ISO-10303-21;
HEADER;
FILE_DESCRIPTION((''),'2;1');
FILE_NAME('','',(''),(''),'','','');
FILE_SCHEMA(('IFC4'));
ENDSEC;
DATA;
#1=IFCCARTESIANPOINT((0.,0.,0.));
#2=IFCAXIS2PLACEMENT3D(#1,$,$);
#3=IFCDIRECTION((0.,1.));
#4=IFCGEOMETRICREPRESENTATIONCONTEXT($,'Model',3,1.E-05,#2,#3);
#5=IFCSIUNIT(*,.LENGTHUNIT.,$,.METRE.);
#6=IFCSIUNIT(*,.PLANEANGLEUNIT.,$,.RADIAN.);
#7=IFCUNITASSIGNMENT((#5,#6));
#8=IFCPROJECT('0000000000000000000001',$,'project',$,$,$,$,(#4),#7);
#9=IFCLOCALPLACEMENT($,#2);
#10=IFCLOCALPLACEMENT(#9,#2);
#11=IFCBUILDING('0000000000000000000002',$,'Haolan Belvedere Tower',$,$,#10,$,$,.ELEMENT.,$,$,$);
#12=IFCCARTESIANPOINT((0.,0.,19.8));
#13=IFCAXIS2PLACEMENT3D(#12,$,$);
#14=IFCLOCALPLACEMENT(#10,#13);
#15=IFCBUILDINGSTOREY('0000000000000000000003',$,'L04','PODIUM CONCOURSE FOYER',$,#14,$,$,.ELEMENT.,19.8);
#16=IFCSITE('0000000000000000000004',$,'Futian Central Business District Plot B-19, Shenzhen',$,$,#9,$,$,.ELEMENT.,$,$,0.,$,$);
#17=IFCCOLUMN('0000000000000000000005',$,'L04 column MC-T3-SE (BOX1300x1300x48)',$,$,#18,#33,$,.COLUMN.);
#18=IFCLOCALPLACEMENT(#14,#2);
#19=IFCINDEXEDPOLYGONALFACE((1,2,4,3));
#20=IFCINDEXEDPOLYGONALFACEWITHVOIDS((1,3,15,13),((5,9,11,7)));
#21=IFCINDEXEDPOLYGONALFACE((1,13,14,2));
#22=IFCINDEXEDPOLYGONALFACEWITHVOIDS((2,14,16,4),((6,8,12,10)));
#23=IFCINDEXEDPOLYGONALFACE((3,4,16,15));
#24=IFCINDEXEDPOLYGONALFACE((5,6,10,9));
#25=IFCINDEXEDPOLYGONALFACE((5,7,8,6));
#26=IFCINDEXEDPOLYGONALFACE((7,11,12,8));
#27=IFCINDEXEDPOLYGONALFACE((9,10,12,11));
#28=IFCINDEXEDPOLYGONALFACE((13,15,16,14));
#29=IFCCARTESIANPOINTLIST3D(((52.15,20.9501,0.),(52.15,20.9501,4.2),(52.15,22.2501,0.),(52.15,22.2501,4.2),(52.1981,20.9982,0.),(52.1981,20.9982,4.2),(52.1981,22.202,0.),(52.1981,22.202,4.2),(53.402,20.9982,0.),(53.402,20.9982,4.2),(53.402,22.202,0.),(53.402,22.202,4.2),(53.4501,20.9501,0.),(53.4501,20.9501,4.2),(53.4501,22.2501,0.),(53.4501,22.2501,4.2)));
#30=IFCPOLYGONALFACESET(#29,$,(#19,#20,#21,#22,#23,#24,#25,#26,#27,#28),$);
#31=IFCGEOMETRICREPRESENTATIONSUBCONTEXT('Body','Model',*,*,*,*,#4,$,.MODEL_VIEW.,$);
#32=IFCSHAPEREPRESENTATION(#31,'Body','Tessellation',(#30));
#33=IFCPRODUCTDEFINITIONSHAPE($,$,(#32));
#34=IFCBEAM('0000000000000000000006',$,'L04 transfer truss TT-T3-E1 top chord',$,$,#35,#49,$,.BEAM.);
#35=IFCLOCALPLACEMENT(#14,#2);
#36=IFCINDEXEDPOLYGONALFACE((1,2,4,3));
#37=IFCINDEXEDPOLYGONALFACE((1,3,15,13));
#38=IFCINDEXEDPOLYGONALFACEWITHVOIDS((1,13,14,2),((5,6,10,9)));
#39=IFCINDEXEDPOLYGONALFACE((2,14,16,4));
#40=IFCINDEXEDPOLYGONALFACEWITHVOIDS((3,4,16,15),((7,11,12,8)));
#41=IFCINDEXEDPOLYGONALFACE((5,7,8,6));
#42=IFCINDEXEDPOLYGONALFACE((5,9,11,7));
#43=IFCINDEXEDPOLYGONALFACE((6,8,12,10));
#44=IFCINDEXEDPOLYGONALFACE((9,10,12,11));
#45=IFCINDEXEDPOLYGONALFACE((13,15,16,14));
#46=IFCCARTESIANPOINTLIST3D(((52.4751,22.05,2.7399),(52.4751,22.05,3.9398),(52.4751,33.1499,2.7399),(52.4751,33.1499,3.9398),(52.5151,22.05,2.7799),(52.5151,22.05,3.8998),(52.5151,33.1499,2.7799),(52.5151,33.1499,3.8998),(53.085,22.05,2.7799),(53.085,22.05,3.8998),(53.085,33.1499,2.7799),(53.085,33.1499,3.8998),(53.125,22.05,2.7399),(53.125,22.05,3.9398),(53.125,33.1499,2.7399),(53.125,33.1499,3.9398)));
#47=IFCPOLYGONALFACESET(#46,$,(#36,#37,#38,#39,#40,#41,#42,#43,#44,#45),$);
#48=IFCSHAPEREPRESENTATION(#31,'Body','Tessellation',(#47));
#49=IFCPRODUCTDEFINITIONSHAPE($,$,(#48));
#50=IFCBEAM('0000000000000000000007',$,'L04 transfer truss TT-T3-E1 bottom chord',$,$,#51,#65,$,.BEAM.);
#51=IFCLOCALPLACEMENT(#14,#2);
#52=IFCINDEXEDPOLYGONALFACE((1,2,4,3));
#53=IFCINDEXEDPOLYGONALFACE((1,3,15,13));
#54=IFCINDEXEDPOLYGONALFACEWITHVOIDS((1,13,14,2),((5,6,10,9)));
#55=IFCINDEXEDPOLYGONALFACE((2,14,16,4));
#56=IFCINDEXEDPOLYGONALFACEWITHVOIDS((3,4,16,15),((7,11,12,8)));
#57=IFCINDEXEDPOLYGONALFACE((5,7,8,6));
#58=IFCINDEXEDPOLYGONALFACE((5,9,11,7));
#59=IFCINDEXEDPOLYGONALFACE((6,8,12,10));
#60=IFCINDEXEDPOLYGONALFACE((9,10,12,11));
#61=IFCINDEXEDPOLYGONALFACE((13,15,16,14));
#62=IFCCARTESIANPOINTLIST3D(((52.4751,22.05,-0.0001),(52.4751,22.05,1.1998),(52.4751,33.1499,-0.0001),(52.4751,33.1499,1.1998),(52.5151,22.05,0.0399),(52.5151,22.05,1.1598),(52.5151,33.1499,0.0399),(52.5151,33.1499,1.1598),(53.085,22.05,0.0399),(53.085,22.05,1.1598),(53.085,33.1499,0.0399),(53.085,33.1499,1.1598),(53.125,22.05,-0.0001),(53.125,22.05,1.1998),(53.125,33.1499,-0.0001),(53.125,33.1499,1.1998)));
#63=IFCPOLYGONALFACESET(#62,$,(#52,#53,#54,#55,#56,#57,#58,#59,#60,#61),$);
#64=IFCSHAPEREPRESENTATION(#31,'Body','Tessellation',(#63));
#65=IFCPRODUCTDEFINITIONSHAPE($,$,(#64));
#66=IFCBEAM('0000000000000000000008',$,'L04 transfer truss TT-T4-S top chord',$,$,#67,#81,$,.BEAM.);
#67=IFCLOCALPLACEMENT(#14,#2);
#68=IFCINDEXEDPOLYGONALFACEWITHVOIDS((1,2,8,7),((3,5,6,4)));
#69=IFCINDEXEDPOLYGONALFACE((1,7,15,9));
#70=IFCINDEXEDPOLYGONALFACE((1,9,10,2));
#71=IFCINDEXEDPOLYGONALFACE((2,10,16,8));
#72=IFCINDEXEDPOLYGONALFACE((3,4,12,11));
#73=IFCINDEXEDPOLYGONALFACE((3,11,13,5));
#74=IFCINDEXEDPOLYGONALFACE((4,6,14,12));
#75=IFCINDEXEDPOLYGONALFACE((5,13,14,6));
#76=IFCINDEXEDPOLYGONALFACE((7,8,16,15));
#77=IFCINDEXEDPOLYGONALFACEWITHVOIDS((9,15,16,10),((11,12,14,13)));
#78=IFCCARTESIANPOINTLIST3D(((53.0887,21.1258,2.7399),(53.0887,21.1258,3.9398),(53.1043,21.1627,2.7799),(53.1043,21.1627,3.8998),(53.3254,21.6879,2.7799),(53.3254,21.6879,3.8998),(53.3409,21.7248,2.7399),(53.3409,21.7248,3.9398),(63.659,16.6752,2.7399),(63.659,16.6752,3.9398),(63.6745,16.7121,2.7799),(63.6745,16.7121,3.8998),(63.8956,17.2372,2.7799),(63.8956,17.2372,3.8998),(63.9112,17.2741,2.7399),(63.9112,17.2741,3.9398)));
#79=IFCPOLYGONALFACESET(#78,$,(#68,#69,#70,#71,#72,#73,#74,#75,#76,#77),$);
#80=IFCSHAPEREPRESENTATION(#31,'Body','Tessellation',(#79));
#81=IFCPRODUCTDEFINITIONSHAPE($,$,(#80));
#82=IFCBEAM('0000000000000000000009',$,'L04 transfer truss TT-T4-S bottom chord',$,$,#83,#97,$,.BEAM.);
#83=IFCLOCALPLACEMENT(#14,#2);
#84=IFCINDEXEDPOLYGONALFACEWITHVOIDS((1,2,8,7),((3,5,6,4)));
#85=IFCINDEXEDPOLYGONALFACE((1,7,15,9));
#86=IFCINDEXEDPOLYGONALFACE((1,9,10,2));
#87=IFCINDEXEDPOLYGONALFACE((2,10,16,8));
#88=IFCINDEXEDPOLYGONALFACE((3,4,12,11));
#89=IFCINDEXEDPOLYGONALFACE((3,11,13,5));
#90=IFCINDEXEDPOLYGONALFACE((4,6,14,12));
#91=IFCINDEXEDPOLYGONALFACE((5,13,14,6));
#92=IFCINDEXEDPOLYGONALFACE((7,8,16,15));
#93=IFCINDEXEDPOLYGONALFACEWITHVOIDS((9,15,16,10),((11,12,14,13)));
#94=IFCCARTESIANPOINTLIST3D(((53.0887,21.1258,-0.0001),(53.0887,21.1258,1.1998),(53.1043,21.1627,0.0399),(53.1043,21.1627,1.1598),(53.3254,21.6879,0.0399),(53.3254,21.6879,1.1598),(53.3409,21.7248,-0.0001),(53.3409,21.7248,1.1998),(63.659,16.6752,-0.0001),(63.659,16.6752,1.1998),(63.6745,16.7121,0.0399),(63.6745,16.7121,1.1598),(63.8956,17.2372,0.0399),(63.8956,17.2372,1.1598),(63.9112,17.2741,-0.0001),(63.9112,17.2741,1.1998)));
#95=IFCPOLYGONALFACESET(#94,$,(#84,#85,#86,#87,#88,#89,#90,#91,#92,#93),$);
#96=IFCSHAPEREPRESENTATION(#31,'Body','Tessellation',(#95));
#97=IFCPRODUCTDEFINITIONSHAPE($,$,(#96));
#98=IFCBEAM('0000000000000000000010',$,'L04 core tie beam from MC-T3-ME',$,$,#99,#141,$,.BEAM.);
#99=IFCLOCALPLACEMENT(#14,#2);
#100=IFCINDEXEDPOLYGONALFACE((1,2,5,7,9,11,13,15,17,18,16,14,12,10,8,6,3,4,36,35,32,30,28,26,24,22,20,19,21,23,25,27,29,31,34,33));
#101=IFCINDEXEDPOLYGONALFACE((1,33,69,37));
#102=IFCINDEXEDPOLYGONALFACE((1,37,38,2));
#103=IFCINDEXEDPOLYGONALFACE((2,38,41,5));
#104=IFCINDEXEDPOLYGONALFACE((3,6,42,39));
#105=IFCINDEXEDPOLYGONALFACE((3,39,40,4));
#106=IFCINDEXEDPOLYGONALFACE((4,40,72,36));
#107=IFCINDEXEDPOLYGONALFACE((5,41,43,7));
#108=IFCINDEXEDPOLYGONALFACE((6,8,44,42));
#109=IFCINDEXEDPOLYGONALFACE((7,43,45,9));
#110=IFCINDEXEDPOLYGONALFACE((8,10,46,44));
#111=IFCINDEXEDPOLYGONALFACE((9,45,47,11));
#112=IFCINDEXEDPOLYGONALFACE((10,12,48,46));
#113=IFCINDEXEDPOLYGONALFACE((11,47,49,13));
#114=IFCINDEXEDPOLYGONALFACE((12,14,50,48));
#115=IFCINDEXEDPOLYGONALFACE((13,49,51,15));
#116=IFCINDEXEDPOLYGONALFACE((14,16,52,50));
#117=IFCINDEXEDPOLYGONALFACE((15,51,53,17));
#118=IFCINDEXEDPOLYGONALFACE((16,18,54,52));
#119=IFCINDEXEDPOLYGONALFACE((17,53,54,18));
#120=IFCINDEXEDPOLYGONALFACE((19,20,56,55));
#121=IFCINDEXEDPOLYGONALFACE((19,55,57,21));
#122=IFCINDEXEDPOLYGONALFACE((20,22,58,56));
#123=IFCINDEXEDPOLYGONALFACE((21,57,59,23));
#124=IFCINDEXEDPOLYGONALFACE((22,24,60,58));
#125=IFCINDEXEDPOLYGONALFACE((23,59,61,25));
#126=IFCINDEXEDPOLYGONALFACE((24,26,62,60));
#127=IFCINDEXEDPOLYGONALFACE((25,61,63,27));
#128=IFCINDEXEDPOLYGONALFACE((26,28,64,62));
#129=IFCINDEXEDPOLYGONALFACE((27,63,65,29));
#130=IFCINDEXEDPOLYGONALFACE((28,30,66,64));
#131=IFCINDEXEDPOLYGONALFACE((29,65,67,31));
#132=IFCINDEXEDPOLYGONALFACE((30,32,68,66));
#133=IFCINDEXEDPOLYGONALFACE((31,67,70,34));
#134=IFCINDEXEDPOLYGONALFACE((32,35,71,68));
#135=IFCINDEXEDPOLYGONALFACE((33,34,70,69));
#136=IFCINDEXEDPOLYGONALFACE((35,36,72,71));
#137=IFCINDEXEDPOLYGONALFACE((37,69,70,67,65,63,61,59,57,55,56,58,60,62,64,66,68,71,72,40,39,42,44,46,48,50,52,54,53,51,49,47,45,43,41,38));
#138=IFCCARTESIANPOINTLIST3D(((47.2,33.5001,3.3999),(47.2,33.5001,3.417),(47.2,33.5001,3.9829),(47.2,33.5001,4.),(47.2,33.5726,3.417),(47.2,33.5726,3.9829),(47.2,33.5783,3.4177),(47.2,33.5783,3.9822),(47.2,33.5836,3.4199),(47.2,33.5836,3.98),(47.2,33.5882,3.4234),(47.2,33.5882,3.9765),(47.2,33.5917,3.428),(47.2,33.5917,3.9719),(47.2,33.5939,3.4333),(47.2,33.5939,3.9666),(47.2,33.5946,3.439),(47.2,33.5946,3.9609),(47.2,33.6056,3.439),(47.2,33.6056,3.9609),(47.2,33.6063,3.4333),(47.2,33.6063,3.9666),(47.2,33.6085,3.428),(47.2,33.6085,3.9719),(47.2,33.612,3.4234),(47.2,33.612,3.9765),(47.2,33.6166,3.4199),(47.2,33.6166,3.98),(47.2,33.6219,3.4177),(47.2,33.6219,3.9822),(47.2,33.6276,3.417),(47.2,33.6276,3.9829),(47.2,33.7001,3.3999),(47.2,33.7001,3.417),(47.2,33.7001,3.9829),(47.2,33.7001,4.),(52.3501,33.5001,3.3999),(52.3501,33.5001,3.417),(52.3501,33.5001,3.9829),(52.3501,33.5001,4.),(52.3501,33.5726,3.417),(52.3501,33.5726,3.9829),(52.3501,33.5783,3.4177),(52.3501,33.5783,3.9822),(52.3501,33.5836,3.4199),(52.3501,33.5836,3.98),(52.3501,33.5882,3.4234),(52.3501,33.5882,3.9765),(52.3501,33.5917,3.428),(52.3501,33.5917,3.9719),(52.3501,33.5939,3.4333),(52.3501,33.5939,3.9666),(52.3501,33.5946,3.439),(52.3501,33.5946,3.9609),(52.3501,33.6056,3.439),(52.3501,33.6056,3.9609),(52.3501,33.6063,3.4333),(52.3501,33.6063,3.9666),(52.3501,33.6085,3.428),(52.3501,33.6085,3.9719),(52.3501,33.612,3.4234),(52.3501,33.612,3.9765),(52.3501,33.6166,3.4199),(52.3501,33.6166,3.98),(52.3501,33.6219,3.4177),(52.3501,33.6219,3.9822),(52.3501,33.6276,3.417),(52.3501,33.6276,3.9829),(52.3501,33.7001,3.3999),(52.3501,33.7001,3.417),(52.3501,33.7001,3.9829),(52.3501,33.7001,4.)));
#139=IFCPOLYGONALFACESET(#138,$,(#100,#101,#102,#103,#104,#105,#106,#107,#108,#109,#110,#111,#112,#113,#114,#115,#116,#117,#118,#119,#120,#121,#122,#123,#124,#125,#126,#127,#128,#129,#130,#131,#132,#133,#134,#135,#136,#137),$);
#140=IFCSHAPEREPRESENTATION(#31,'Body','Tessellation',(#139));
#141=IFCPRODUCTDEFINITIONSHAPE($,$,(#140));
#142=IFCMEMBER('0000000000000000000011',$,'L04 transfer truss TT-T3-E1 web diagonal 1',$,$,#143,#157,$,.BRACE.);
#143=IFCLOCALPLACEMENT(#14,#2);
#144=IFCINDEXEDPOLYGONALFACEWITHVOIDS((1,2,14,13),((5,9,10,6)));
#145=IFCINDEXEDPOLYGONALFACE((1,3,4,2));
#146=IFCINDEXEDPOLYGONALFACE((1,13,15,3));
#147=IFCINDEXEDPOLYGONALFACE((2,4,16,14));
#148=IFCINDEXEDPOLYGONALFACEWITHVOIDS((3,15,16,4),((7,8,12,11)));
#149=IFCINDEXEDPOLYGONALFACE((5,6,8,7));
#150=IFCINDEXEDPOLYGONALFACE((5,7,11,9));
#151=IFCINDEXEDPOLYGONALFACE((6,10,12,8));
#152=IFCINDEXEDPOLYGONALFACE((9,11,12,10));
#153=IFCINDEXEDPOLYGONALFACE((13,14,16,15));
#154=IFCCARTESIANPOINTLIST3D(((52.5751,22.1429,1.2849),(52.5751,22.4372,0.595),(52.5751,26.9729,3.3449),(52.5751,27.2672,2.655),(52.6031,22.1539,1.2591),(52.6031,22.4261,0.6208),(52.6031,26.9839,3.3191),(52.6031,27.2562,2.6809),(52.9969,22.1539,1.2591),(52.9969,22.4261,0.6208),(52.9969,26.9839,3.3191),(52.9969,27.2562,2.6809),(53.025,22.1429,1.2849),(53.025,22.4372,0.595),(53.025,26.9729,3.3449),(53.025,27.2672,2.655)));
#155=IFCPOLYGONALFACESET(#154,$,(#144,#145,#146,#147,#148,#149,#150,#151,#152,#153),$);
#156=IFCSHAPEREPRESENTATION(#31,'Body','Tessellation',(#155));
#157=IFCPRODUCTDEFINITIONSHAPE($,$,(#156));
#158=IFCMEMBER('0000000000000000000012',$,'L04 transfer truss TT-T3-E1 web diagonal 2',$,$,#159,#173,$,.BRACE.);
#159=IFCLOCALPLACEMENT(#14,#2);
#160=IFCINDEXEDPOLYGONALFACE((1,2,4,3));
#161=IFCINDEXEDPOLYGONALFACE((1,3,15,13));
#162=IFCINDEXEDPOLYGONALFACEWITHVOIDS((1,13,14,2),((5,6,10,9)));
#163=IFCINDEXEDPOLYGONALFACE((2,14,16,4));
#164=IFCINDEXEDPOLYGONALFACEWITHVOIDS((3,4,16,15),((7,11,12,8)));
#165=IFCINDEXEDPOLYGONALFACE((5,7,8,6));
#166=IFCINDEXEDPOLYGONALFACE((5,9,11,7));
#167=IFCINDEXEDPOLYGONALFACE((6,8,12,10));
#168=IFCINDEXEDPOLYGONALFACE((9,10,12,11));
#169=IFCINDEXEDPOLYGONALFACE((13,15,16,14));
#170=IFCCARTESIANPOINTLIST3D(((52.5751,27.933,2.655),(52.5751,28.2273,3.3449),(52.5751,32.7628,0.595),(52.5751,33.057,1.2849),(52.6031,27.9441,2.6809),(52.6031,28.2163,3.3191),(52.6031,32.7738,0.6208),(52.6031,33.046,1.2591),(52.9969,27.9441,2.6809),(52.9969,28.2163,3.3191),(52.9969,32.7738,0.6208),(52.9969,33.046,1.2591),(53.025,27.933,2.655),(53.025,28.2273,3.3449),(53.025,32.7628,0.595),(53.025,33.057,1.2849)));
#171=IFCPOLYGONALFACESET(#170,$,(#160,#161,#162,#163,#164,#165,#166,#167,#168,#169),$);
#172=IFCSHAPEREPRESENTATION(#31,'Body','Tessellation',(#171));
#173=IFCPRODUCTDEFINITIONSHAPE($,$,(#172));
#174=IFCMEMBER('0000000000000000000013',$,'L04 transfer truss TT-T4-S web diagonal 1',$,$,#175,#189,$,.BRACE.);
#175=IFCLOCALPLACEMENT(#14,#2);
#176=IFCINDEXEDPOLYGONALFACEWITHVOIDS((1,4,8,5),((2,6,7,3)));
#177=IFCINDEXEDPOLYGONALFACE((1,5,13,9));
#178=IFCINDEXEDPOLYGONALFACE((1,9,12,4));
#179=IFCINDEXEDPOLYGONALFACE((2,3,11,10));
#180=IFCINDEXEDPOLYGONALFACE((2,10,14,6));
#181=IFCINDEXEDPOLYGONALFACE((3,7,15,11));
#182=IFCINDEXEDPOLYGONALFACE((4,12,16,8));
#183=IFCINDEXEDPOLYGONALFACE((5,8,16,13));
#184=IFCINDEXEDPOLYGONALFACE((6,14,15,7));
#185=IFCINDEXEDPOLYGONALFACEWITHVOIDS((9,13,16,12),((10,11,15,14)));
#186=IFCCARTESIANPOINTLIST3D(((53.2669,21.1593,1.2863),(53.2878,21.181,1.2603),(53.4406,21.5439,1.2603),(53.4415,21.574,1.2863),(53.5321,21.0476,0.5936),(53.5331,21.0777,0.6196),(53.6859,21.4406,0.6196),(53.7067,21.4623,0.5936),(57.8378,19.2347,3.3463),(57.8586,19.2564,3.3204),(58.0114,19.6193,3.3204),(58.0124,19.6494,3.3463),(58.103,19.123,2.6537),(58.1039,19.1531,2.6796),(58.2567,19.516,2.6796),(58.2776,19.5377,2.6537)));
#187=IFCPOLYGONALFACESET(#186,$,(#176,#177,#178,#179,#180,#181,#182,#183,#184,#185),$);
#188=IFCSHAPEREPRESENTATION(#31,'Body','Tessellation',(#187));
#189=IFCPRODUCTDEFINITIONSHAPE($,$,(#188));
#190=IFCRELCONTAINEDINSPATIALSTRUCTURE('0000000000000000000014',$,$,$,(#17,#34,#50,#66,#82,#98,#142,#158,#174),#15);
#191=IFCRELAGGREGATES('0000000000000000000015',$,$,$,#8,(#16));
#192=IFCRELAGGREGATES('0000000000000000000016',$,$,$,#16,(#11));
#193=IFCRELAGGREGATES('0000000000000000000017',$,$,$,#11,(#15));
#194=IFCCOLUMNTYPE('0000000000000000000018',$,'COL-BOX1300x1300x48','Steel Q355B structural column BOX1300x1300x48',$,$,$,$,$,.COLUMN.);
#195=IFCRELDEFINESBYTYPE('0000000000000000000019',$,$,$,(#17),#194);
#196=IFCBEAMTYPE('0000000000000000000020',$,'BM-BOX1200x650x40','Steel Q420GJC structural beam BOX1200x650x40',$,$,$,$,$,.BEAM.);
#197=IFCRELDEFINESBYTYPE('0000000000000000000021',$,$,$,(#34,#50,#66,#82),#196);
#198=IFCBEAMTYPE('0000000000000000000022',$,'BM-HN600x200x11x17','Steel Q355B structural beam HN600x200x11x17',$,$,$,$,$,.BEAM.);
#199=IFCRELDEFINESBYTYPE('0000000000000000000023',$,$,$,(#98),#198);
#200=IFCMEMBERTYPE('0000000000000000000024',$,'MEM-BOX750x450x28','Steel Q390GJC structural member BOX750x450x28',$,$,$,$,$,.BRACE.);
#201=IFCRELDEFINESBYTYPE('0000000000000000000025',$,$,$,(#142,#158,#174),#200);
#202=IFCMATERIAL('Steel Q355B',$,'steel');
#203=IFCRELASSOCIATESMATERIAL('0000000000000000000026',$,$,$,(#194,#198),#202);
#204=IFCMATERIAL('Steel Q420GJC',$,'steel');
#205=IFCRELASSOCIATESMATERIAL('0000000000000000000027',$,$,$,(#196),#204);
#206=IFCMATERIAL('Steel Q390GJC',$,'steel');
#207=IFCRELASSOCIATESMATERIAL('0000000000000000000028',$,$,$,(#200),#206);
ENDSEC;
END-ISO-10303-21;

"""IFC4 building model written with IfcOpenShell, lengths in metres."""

from ifc_helpers import new_model, si_unit, direction, frame, origin, origin_2d, place, context, subcontext, project, spatial, hollow_rectangle, i_section, extrude, material, material_profile, profile_set, type_object, element, save


model = new_model("IFC4")

# Units and contexts
model_context = context("Model", 3, precision=1e-05, world=origin(), true_north=direction((0.0, 1.0)))
body_context = subcontext(model_context, "Body", "Model", "MODEL_VIEW")
ifc_project = project(units=[si_unit("LENGTHUNIT", "METRE"), si_unit("PLANEANGLEUNIT", "RADIAN")], contexts=[model_context])

# Site, building, storey
site_placement = place(None, origin())
site = spatial("IfcSite", under=ifc_project, at=site_placement, Name="Futian Central Business District Plot B-19, Shenzhen", CompositionType="ELEMENT", RefElevation=0.0)
building_placement = place(site_placement, origin())
building = spatial("IfcBuilding", under=site, at=building_placement, Name="Haolan Belvedere Tower", CompositionType="ELEMENT")
storey_placement = place(building_placement, frame((0.0, 0.0, 19.8)))
storey = spatial("IfcBuildingStorey", under=building, at=storey_placement, Name="L04", Description="PODIUM CONCOURSE FOYER", CompositionType="ELEMENT", Elevation=19.8)

# Column
ifc_material_1 = material(Name="Steel Q355B", Category="steel")
ifc_material_profile_1 = material_profile(ifc_material_1, hollow_rectangle(XDim=1.3, YDim=1.3, WallThickness=0.0481, at=origin_2d()), Name="Steel Q355B")
ifc_profile_set_1 = profile_set([ifc_material_profile_1], Name="Steel Q355B")
column_type = type_object("IfcColumnType", Name="COL-BOX1300x1300x48", Description="Steel Q355B structural column BOX1300x1300x48", PredefinedType="COLUMN", material=ifc_profile_set_1)
column_placement = place(storey_placement, frame((52.8, 21.6001, 0.0), z_axis=(0.0, 0.0, 1.0), x_axis=(1.0, 0.0, 0.0)))
element("IfcColumn", 1, at=column_placement, inside=storey, type_object=column_type, Name="L04 column MC-T3-SE (BOX1300x1300x48)", PredefinedType="COLUMN", context=body_context, shape_type="SweptSolid", body=[
    extrude(hollow_rectangle(XDim=1.3, YDim=1.3, WallThickness=0.0481, at=origin_2d()), origin(), (0.0, 0.0, 1.0), 4.2),
])

# Beams
ifc_material_2 = material(Name="Steel Q420GJC", Category="steel")
ifc_material_profile_2 = material_profile(ifc_material_2, hollow_rectangle(XDim=0.6499, YDim=1.2, WallThickness=0.04, at=origin_2d()), Name="Steel Q420GJC")
ifc_profile_set_2 = profile_set([ifc_material_profile_2], Name="Steel Q420GJC")
beam_type_1 = type_object("IfcBeamType", Name="BM-BOX1200x650x40", Description="Steel Q420GJC structural beam BOX1200x650x40", PredefinedType="BEAM", material=ifc_profile_set_2)
for number, where, z_axis, x_axis, name in (
    (2, (52.8, 22.05, 3.3398), (0.0, 1.0, 0.0), (-1.0, 0.0, 0.0), "L04 transfer truss TT-T3-E1 top chord"),
    (3, (52.8, 22.05, 0.5999), (0.0, 1.0, 0.0), (-1.0, 0.0, 0.0), "L04 transfer truss TT-T3-E1 bottom chord"),
):
    element("IfcBeam", number, at=place(storey_placement, frame(where, z_axis=z_axis, x_axis=x_axis)), inside=storey, type_object=beam_type_1, Name=name, PredefinedType="BEAM", context=body_context, shape_type="SweptSolid", body=[
        extrude(hollow_rectangle(XDim=0.6499, YDim=1.2, WallThickness=0.04, at=origin_2d()), origin(), (0.0, 0.0, 1.0), 11.0999),
    ])
for number, where, z_axis, x_axis, name in (
    (4, (53.2148, 21.4253, 3.3398), (0.921635, -0.388059, 0.0), (0.388059, 0.921635, 0.0), "L04 transfer truss TT-T4-S top chord"),
    (5, (53.2148, 21.4253, 0.5999), (0.921635, -0.388059, 0.0), (0.388059, 0.921635, 0.0), "L04 transfer truss TT-T4-S bottom chord"),
):
    element("IfcBeam", number, at=place(storey_placement, frame(where, z_axis=z_axis, x_axis=x_axis)), inside=storey, type_object=beam_type_1, Name=name, PredefinedType="BEAM", context=body_context, shape_type="SweptSolid", body=[
        extrude(hollow_rectangle(XDim=0.6499, YDim=1.2, WallThickness=0.04, at=origin_2d()), origin(), (0.0, 0.0, 1.0), 11.469),
    ])
ifc_material_profile_3 = material_profile(ifc_material_1, i_section(OverallWidth=0.2, OverallDepth=0.6001, WebThickness=0.011, FlangeThickness=0.0171, FilletRadius=0.022, at=origin_2d()), Name="Steel Q355B")
ifc_profile_set_3 = profile_set([ifc_material_profile_3], Name="Steel Q355B")
beam_type_2 = type_object("IfcBeamType", Name="BM-HN600x200x11x17", Description="Steel Q355B structural beam HN600x200x11x17", PredefinedType="BEAM", material=ifc_profile_set_3)
beam_placement = place(storey_placement, frame((52.3501, 33.6001, 3.7), z_axis=(-1.0, 0.0, 0.0), x_axis=(0.0, -1.0, 0.0)))
element("IfcBeam", 6, at=beam_placement, inside=storey, type_object=beam_type_2, Name="L04 core tie beam from MC-T3-ME", PredefinedType="BEAM", context=body_context, shape_type="SweptSolid", body=[
    extrude(i_section(OverallWidth=0.2, OverallDepth=0.6001, WebThickness=0.011, FlangeThickness=0.0171, FilletRadius=0.022, at=origin_2d()), origin(), (0.0, 0.0, 1.0), 5.1501),
])

# Members
ifc_material_3 = material(Name="Steel Q390GJC", Category="steel")
ifc_material_profile_4 = material_profile(ifc_material_3, hollow_rectangle(XDim=0.45, YDim=0.75, WallThickness=0.0281, at=origin_2d()), Name="Steel Q390GJC")
ifc_profile_set_4 = profile_set([ifc_material_profile_4], Name="Steel Q390GJC")
member_type_1 = type_object("IfcMemberType", Name="MEM-BOX750x450x28", Description="Steel Q390GJC structural member BOX750x450x28", PredefinedType="BRACE", material=ifc_profile_set_4)
member_1_placement = place(storey_placement, frame((52.8, 22.29, 0.9399), z_axis=(0.0, 0.919831, 0.392314), x_axis=(-1.0, 0.0, 0.0)))
element("IfcMember", 7, at=member_1_placement, inside=storey, type_object=member_type_1, Name="L04 transfer truss TT-T3-E1 web diagonal 1", PredefinedType="BRACE", context=body_context, shape_type="SweptSolid", body=[
    extrude(hollow_rectangle(XDim=0.45, YDim=0.75, WallThickness=0.0281, at=origin_2d()), origin(), (0.0, 0.0, 1.0), 5.251),
])
member_2_placement = place(storey_placement, frame((52.8, 32.9099, 0.9399), z_axis=(0.0, -0.919824, 0.392331), x_axis=(1.0, 0.0, 0.0)))
element("IfcMember", 8, at=member_2_placement, inside=storey, type_object=member_type_1, Name="L04 transfer truss TT-T3-E1 web diagonal 2", PredefinedType="BRACE", context=body_context, shape_type="SweptSolid", body=[
    extrude(hollow_rectangle(XDim=0.45, YDim=0.75, WallThickness=0.0281, at=origin_2d()), origin(), (0.0, 0.0, 1.0), 5.2507),
])
member_3_placement = place(storey_placement, frame((53.4868, 21.3108, 0.9399), z_axis=(0.851128, -0.358372, 0.383603), x_axis=(0.388059, 0.921634, 0.0)))
element("IfcMember", 9, at=member_3_placement, inside=storey, type_object=member_type_1, Name="L04 transfer truss TT-T4-S web diagonal 1", PredefinedType="BRACE", context=body_context, shape_type="SweptSolid", body=[
    extrude(hollow_rectangle(XDim=0.45, YDim=0.75, WallThickness=0.0281, at=origin_2d()), origin(), (0.0, 0.0, 1.0), 5.3704),
])

save(model, "model.ifc")
